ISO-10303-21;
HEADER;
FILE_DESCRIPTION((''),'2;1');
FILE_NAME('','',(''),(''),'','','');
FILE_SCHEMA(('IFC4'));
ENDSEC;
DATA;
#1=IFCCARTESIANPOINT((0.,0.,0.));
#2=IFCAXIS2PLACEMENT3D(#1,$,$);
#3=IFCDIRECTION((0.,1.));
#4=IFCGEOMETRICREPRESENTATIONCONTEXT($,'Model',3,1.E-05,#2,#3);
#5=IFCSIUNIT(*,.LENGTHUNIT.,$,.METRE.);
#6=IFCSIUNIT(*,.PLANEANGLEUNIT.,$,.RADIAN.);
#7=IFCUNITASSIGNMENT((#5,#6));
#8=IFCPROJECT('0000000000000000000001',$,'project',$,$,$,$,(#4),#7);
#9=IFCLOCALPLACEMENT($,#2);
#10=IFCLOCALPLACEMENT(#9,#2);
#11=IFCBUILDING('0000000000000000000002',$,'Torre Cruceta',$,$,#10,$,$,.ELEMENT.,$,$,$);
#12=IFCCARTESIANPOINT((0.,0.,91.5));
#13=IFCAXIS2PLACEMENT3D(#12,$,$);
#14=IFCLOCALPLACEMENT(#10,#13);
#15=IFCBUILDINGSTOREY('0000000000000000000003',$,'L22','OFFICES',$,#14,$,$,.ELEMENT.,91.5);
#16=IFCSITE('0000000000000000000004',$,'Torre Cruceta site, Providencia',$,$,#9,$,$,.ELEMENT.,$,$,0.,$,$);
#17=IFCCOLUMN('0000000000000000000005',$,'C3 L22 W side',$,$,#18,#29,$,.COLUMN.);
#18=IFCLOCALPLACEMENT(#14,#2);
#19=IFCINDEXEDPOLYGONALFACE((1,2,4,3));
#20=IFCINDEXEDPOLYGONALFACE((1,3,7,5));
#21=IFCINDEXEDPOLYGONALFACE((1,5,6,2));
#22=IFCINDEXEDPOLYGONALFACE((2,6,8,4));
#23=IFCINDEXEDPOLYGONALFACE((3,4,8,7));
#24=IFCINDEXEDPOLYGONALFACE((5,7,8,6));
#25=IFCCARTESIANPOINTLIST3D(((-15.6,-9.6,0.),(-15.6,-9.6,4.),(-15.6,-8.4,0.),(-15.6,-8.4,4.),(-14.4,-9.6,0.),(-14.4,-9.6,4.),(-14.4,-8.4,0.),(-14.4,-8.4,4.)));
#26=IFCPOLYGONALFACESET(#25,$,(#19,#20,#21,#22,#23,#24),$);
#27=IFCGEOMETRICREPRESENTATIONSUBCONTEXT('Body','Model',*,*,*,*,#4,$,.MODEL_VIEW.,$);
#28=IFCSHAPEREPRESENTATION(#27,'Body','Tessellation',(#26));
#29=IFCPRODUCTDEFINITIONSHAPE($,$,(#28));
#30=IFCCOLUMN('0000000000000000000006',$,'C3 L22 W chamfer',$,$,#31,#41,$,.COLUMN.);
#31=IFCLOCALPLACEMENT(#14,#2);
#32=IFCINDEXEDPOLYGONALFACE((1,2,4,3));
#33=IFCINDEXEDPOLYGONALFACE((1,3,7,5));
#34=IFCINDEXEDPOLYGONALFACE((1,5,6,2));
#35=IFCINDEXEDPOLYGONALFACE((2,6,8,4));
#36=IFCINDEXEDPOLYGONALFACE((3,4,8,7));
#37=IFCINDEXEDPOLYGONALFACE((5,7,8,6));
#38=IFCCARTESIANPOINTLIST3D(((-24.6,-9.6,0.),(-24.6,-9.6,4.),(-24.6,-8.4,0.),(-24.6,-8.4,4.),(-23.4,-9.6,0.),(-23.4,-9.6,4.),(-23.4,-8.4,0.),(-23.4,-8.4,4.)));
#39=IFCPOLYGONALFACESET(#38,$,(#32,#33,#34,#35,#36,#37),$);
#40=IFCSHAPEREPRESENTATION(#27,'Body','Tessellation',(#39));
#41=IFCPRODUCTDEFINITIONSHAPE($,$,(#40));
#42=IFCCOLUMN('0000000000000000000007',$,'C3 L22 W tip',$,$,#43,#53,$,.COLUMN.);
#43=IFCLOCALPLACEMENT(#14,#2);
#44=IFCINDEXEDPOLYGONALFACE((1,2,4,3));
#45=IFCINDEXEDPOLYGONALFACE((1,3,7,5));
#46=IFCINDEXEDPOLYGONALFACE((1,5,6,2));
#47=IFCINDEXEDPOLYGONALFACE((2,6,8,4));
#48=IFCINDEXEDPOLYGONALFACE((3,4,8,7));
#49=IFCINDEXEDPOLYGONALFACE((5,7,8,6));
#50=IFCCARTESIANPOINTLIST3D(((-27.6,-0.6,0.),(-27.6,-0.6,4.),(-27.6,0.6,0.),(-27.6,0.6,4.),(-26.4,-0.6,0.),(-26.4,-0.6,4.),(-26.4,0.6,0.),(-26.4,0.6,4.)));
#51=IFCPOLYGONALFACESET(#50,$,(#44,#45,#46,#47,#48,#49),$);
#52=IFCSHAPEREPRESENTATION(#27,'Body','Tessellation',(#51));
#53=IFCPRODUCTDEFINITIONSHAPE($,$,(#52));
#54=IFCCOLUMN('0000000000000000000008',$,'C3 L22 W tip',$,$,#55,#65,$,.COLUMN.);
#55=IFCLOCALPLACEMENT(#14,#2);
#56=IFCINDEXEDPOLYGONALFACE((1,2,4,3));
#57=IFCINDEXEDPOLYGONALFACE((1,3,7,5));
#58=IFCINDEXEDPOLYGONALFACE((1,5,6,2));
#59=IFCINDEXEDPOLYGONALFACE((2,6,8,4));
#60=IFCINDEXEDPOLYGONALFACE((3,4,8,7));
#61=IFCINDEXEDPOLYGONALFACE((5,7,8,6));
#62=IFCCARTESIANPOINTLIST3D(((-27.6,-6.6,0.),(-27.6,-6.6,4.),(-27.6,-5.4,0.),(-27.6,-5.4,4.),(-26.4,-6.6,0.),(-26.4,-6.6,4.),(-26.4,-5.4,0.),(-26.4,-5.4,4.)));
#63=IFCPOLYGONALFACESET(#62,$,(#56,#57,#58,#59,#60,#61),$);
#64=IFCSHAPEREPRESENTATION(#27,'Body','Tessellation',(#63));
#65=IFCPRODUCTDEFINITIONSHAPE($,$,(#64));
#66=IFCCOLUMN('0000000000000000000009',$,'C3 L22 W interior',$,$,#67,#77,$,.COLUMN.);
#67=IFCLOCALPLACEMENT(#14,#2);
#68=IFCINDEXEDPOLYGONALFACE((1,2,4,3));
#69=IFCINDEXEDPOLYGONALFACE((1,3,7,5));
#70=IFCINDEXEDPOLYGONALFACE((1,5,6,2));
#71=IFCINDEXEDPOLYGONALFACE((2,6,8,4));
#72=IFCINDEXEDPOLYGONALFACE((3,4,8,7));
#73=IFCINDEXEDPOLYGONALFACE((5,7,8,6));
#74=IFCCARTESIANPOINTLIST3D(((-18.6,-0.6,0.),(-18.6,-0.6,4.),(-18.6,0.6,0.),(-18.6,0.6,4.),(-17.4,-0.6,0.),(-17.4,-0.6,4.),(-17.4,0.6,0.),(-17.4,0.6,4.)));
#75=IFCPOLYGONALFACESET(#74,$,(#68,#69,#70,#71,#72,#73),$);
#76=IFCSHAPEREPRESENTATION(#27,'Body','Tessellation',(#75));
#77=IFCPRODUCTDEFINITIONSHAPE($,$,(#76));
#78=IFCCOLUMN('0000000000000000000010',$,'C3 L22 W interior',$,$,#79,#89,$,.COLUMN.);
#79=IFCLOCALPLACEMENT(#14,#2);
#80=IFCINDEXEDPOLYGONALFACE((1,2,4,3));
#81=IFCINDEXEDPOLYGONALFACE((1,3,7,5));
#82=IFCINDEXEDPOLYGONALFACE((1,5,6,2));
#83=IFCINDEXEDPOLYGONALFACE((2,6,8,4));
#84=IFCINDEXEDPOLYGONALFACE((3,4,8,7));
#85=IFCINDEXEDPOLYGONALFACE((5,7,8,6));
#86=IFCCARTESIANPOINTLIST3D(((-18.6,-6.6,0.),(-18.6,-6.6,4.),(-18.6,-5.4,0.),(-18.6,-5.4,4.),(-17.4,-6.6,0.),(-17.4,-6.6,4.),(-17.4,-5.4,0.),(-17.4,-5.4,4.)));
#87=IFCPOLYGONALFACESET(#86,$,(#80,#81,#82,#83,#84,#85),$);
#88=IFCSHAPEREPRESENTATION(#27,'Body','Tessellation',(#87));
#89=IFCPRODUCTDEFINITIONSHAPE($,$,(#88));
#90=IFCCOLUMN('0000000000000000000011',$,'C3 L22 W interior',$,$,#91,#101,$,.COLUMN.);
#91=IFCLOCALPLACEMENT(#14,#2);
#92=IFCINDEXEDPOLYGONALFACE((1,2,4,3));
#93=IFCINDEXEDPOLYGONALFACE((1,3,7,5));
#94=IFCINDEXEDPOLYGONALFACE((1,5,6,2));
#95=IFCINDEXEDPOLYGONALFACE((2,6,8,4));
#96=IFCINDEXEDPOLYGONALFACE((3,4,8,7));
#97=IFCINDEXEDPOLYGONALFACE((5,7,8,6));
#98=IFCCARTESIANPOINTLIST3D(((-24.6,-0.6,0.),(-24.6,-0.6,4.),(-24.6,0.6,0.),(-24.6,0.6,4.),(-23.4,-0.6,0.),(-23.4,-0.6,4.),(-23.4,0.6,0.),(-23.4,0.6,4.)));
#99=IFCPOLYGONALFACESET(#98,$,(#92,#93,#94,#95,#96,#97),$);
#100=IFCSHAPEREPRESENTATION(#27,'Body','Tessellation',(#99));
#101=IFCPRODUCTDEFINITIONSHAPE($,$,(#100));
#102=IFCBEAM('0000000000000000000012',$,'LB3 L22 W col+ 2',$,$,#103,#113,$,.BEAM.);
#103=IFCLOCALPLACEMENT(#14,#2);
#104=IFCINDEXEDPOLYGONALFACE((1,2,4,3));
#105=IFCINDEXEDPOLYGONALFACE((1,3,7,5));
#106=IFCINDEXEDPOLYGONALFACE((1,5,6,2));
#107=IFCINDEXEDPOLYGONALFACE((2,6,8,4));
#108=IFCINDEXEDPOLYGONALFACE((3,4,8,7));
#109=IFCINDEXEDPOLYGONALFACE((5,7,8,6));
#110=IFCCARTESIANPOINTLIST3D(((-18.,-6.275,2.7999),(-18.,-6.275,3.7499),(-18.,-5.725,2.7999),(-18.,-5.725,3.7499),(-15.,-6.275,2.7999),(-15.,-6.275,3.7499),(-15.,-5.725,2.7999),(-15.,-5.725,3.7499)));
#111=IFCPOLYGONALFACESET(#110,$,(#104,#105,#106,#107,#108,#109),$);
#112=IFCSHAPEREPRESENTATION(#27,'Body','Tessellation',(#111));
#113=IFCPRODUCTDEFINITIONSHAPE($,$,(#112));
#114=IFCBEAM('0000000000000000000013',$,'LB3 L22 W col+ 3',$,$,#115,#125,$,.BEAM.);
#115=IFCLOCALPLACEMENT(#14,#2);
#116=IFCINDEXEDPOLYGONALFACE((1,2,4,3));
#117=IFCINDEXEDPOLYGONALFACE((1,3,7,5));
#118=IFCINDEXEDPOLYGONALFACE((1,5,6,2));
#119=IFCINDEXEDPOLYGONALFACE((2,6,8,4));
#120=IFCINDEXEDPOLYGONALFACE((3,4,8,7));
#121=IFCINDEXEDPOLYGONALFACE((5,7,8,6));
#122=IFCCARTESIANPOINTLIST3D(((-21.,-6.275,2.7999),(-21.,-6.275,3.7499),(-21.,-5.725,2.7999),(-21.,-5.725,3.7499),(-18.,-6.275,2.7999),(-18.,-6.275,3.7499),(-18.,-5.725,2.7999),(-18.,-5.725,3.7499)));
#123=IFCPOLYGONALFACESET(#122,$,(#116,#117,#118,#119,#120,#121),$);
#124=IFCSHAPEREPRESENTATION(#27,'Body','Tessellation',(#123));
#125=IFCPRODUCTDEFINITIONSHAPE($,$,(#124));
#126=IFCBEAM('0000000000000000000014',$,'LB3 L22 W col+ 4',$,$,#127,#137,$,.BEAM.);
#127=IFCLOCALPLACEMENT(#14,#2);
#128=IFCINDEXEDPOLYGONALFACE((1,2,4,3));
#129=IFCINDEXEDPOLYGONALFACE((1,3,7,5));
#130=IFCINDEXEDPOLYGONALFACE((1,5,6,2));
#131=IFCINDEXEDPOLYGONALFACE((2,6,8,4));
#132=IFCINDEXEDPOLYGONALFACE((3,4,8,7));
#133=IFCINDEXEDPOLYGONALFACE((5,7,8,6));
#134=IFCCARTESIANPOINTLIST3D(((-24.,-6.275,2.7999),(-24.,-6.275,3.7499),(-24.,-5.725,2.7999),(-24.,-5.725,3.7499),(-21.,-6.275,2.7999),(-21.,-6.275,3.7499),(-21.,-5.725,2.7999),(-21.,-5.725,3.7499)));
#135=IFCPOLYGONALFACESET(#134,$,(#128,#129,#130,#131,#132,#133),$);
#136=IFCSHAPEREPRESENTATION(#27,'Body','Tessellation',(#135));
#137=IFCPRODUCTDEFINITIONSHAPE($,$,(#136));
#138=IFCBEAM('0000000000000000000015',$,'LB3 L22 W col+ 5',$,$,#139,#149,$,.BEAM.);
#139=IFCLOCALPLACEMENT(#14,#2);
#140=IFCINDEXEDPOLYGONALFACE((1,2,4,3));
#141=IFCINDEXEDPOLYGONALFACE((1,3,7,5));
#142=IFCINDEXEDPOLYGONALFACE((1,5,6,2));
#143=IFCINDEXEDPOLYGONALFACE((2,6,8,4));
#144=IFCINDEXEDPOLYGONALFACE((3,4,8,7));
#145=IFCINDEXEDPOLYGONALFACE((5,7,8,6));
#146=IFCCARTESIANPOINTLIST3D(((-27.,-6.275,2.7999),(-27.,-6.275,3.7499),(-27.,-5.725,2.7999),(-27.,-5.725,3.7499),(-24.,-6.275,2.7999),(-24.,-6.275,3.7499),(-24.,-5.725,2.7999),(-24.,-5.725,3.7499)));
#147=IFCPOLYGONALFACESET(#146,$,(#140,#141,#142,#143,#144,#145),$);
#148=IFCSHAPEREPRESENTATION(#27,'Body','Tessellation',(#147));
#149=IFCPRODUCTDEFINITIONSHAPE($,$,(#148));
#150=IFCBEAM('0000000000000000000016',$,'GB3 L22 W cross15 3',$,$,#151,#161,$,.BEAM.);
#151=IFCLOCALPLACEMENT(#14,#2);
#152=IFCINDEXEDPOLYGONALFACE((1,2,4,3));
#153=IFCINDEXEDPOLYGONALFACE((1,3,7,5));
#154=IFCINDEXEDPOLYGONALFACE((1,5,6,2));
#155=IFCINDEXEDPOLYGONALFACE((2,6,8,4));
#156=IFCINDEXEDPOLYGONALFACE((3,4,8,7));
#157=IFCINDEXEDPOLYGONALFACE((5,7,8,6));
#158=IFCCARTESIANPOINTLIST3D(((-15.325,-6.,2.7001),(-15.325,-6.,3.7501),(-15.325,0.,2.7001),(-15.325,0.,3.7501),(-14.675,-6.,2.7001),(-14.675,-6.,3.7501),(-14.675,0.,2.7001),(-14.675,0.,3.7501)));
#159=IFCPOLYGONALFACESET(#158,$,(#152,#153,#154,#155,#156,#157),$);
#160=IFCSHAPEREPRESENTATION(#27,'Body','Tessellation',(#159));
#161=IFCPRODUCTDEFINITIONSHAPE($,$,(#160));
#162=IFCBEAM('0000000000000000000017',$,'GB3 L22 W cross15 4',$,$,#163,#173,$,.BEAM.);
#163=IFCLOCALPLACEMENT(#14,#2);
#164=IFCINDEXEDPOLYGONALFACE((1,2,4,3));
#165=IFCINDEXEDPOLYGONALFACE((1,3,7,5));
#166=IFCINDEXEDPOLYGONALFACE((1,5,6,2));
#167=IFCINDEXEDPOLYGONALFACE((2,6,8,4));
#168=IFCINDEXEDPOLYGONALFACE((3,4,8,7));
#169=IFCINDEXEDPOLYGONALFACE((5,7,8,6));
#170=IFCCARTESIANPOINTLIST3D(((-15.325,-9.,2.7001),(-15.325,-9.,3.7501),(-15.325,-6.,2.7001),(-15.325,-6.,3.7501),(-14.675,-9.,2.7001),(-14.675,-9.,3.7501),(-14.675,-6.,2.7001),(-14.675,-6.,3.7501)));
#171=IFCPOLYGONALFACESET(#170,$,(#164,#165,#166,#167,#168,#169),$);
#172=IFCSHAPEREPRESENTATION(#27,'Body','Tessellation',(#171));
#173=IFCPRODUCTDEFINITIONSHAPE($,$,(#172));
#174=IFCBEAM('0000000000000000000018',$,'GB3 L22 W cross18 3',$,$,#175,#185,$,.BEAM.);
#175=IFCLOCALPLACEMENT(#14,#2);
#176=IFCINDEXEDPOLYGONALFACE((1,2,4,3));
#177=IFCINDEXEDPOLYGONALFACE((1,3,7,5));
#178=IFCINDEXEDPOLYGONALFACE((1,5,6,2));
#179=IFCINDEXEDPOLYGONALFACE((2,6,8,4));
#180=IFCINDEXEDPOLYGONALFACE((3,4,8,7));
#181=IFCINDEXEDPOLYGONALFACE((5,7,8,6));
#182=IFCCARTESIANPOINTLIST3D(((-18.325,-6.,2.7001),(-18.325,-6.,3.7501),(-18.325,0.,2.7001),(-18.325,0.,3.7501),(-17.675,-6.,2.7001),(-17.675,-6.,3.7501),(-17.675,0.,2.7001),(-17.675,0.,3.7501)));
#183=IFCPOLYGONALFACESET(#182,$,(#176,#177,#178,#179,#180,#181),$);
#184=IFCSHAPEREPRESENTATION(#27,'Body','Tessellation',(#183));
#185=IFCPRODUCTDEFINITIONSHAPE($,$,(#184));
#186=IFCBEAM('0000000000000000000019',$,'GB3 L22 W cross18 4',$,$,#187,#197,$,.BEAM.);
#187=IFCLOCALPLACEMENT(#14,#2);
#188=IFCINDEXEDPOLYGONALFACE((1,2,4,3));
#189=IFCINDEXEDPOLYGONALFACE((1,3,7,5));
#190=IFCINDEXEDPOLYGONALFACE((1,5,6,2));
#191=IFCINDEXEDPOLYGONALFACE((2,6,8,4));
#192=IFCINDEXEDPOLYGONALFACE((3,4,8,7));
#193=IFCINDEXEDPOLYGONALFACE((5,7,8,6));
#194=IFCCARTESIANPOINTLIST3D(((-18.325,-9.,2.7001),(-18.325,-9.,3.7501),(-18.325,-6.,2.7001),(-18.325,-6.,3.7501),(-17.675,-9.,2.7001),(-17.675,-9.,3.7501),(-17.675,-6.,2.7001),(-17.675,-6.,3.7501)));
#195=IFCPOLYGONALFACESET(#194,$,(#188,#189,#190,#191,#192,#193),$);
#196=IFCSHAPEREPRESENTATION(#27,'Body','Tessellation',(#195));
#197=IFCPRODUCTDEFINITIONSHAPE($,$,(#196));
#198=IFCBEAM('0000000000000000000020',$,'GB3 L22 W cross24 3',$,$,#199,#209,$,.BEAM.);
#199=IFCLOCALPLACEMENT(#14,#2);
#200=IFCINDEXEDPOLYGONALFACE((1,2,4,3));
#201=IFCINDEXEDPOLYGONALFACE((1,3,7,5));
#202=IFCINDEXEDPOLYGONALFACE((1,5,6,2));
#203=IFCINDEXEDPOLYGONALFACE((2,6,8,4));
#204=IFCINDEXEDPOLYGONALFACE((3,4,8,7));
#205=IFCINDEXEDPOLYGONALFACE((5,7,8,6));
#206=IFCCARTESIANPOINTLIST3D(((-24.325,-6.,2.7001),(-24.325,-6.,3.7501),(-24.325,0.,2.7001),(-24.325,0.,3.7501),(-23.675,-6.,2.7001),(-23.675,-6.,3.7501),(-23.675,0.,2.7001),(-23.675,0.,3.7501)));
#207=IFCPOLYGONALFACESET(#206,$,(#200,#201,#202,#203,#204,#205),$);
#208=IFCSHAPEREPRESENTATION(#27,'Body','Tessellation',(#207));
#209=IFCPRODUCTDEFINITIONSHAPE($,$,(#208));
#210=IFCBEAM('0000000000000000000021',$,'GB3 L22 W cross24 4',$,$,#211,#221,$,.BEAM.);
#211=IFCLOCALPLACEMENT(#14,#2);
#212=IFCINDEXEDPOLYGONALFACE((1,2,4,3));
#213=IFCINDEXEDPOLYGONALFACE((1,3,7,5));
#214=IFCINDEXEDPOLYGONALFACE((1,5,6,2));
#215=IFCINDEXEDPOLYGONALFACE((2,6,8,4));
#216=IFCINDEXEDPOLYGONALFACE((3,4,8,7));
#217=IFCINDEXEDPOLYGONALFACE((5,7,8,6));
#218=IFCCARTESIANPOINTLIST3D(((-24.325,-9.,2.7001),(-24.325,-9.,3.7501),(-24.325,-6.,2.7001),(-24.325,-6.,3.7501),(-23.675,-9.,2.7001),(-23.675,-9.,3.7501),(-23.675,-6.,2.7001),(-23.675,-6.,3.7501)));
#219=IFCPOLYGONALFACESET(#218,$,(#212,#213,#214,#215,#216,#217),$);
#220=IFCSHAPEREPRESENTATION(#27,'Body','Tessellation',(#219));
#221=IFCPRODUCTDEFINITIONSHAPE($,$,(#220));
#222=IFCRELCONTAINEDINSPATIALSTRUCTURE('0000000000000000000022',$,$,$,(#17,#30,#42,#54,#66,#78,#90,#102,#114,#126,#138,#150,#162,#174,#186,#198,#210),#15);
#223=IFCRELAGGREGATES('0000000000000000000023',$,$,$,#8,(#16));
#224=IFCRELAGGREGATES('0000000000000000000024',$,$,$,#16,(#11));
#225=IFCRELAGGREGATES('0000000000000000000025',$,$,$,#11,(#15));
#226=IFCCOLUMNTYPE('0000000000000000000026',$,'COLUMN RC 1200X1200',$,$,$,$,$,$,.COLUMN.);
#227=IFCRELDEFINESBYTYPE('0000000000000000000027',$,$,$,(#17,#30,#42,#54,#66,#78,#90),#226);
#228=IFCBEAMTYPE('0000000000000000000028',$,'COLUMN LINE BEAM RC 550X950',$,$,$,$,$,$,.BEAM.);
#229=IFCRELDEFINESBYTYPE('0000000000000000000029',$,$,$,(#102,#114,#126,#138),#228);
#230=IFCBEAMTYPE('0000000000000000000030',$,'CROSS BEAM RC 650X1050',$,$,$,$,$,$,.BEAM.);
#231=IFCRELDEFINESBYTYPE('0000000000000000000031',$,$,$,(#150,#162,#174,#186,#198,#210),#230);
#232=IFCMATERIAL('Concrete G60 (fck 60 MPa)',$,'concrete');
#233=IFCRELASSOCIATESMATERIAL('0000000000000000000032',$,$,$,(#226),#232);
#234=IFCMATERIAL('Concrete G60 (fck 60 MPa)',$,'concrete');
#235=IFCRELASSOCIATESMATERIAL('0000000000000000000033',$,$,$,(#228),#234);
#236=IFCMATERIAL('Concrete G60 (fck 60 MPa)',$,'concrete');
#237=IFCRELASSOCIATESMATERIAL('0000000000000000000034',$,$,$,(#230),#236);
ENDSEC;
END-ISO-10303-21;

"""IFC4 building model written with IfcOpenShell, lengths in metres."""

from ifc_helpers import new_model, si_unit, direction, frame, origin, origin_2d, place, context, subcontext, project, spatial, rectangle, extrude, material, material_profile, profile_set, type_object, element, save


model = new_model("IFC4")

# Units and contexts
model_context = context("Model", 3, precision=1e-05, world=origin(), true_north=direction((0.0, 1.0)))
body_context = subcontext(model_context, "Body", "Model", "MODEL_VIEW")
ifc_project = project(units=[si_unit("LENGTHUNIT", "METRE"), si_unit("PLANEANGLEUNIT", "RADIAN")], contexts=[model_context])

# Site, building, storey
site_placement = place(None, origin())
site = spatial("IfcSite", under=ifc_project, at=site_placement, Name="Torre Cruceta site, Providencia", CompositionType="ELEMENT", RefElevation=0.0)
building_placement = place(site_placement, origin())
building = spatial("IfcBuilding", under=site, at=building_placement, Name="Torre Cruceta", CompositionType="ELEMENT")
storey_placement = place(building_placement, frame((0.0, 0.0, 91.5)))
storey = spatial("IfcBuildingStorey", under=building, at=storey_placement, Name="L22", Description="OFFICES", CompositionType="ELEMENT", Elevation=91.5)

# Columns
ifc_material_1 = material(Name="Concrete G60 (fck 60 MPa)", Category="concrete")
ifc_material_profile_1 = material_profile(ifc_material_1, rectangle(XDim=1.2, YDim=1.2, at=origin_2d()), Name="RC 1200X1200")
ifc_profile_set_1 = profile_set([ifc_material_profile_1], Name="Concrete G60 (fck 60 MPa)")
column_type = type_object("IfcColumnType", Name="COLUMN RC 1200X1200", PredefinedType="COLUMN", material=ifc_profile_set_1)
for number, where, z_axis, x_axis, name in (
    (1, (-15.0, -9.0, 0.0), (0.0, 0.0, 1.0), (1.0, 0.0, 0.0), "C3 L22 W side"),
    (2, (-24.0, -9.0, 0.0), (0.0, 0.0, 1.0), (1.0, 0.0, 0.0), "C3 L22 W chamfer"),
    (3, (-27.0, 0.0, 0.0), (0.0, 0.0, 1.0), (1.0, 0.0, 0.0), "C3 L22 W tip"),
    (4, (-27.0, -6.0, 0.0), (0.0, 0.0, 1.0), (1.0, 0.0, 0.0), "C3 L22 W tip"),
    (5, (-18.0, 0.0, 0.0), (0.0, 0.0, 1.0), (1.0, 0.0, 0.0), "C3 L22 W interior"),
    (6, (-18.0, -6.0, 0.0), (0.0, 0.0, 1.0), (1.0, 0.0, 0.0), "C3 L22 W interior"),
    (7, (-24.0, 0.0, 0.0), (0.0, 0.0, 1.0), (1.0, 0.0, 0.0), "C3 L22 W interior"),
):
    element("IfcColumn", number, at=place(storey_placement, frame(where, z_axis=z_axis, x_axis=x_axis)), inside=storey, type_object=column_type, Name=name, PredefinedType="COLUMN", context=body_context, shape_type="SweptSolid", body=[
        extrude(rectangle(XDim=1.2, YDim=1.2, at=origin_2d()), origin(), (0.0, 0.0, 1.0), 4.0),
    ])

# Beams
ifc_material_2 = material(Name="Concrete G60 (fck 60 MPa)", Category="concrete")
ifc_material_profile_2 = material_profile(ifc_material_2, rectangle(XDim=0.55, YDim=0.95, at=origin_2d()), Name="RC 550X950")
ifc_profile_set_2 = profile_set([ifc_material_profile_2], Name="Concrete G60 (fck 60 MPa)")
beam_type_1 = type_object("IfcBeamType", Name="COLUMN LINE BEAM RC 550X950", PredefinedType="BEAM", material=ifc_profile_set_2)
for number, where, z_axis, x_axis, name in (
    (8, (-15.0, -6.0, 3.2749), (-1.0, 0.0, 0.0), (0.0, -1.0, 0.0), "LB3 L22 W col+ 2"),
    (9, (-18.0, -6.0, 3.2749), (-1.0, 0.0, 0.0), (0.0, -1.0, 0.0), "LB3 L22 W col+ 3"),
    (10, (-21.0, -6.0, 3.2749), (-1.0, 0.0, 0.0), (0.0, -1.0, 0.0), "LB3 L22 W col+ 4"),
    (11, (-24.0, -6.0, 3.2749), (-1.0, 0.0, 0.0), (0.0, -1.0, 0.0), "LB3 L22 W col+ 5"),
):
    element("IfcBeam", number, at=place(storey_placement, frame(where, z_axis=z_axis, x_axis=x_axis)), inside=storey, type_object=beam_type_1, Name=name, PredefinedType="BEAM", context=body_context, shape_type="SweptSolid", body=[
        extrude(rectangle(XDim=0.55, YDim=0.95, at=origin_2d()), origin(), (0.0, 0.0, 1.0), 3.0),
    ])
ifc_material_3 = material(Name="Concrete G60 (fck 60 MPa)", Category="concrete")
ifc_material_profile_3 = material_profile(ifc_material_3, rectangle(XDim=0.6499, YDim=1.05, at=origin_2d()), Name="RC 650X1050")
ifc_profile_set_3 = profile_set([ifc_material_profile_3], Name="Concrete G60 (fck 60 MPa)")
beam_type_2 = type_object("IfcBeamType", Name="CROSS BEAM RC 650X1050", PredefinedType="BEAM", material=ifc_profile_set_3)
beam_1_placement = place(storey_placement, frame((-15.0, 0.0, 3.2251), z_axis=(0.0, -1.0, 0.0), x_axis=(1.0, 0.0, 0.0)))
element("IfcBeam", 12, at=beam_1_placement, inside=storey, type_object=beam_type_2, Name="GB3 L22 W cross15 3", PredefinedType="BEAM", context=body_context, shape_type="SweptSolid", body=[
    extrude(rectangle(XDim=0.6499, YDim=1.05, at=origin_2d()), origin(), (0.0, 0.0, 1.0), 6.0),
])
beam_2_placement = place(storey_placement, frame((-15.0, -6.0, 3.2251), z_axis=(0.0, -1.0, 0.0), x_axis=(1.0, 0.0, 0.0)))
element("IfcBeam", 13, at=beam_2_placement, inside=storey, type_object=beam_type_2, Name="GB3 L22 W cross15 4", PredefinedType="BEAM", context=body_context, shape_type="SweptSolid", body=[
    extrude(rectangle(XDim=0.6499, YDim=1.05, at=origin_2d()), origin(), (0.0, 0.0, 1.0), 3.0),
])
beam_3_placement = place(storey_placement, frame((-18.0, 0.0, 3.2251), z_axis=(0.0, -1.0, 0.0), x_axis=(1.0, 0.0, 0.0)))
element("IfcBeam", 14, at=beam_3_placement, inside=storey, type_object=beam_type_2, Name="GB3 L22 W cross18 3", PredefinedType="BEAM", context=body_context, shape_type="SweptSolid", body=[
    extrude(rectangle(XDim=0.6499, YDim=1.05, at=origin_2d()), origin(), (0.0, 0.0, 1.0), 6.0),
])
beam_4_placement = place(storey_placement, frame((-18.0, -6.0, 3.2251), z_axis=(0.0, -1.0, 0.0), x_axis=(1.0, 0.0, 0.0)))
element("IfcBeam", 15, at=beam_4_placement, inside=storey, type_object=beam_type_2, Name="GB3 L22 W cross18 4", PredefinedType="BEAM", context=body_context, shape_type="SweptSolid", body=[
    extrude(rectangle(XDim=0.6499, YDim=1.05, at=origin_2d()), origin(), (0.0, 0.0, 1.0), 3.0),
])
beam_5_placement = place(storey_placement, frame((-24.0, 0.0, 3.2251), z_axis=(0.0, -1.0, 0.0), x_axis=(1.0, 0.0, 0.0)))
element("IfcBeam", 16, at=beam_5_placement, inside=storey, type_object=beam_type_2, Name="GB3 L22 W cross24 3", PredefinedType="BEAM", context=body_context, shape_type="SweptSolid", body=[
    extrude(rectangle(XDim=0.6499, YDim=1.05, at=origin_2d()), origin(), (0.0, 0.0, 1.0), 6.0),
])
beam_6_placement = place(storey_placement, frame((-24.0, -6.0, 3.2251), z_axis=(0.0, -1.0, 0.0), x_axis=(1.0, 0.0, 0.0)))
element("IfcBeam", 17, at=beam_6_placement, inside=storey, type_object=beam_type_2, Name="GB3 L22 W cross24 4", PredefinedType="BEAM", context=body_context, shape_type="SweptSolid", body=[
    extrude(rectangle(XDim=0.6499, YDim=1.05, at=origin_2d()), origin(), (0.0, 0.0, 1.0), 3.0),
])

save(model, "model.ifc")
